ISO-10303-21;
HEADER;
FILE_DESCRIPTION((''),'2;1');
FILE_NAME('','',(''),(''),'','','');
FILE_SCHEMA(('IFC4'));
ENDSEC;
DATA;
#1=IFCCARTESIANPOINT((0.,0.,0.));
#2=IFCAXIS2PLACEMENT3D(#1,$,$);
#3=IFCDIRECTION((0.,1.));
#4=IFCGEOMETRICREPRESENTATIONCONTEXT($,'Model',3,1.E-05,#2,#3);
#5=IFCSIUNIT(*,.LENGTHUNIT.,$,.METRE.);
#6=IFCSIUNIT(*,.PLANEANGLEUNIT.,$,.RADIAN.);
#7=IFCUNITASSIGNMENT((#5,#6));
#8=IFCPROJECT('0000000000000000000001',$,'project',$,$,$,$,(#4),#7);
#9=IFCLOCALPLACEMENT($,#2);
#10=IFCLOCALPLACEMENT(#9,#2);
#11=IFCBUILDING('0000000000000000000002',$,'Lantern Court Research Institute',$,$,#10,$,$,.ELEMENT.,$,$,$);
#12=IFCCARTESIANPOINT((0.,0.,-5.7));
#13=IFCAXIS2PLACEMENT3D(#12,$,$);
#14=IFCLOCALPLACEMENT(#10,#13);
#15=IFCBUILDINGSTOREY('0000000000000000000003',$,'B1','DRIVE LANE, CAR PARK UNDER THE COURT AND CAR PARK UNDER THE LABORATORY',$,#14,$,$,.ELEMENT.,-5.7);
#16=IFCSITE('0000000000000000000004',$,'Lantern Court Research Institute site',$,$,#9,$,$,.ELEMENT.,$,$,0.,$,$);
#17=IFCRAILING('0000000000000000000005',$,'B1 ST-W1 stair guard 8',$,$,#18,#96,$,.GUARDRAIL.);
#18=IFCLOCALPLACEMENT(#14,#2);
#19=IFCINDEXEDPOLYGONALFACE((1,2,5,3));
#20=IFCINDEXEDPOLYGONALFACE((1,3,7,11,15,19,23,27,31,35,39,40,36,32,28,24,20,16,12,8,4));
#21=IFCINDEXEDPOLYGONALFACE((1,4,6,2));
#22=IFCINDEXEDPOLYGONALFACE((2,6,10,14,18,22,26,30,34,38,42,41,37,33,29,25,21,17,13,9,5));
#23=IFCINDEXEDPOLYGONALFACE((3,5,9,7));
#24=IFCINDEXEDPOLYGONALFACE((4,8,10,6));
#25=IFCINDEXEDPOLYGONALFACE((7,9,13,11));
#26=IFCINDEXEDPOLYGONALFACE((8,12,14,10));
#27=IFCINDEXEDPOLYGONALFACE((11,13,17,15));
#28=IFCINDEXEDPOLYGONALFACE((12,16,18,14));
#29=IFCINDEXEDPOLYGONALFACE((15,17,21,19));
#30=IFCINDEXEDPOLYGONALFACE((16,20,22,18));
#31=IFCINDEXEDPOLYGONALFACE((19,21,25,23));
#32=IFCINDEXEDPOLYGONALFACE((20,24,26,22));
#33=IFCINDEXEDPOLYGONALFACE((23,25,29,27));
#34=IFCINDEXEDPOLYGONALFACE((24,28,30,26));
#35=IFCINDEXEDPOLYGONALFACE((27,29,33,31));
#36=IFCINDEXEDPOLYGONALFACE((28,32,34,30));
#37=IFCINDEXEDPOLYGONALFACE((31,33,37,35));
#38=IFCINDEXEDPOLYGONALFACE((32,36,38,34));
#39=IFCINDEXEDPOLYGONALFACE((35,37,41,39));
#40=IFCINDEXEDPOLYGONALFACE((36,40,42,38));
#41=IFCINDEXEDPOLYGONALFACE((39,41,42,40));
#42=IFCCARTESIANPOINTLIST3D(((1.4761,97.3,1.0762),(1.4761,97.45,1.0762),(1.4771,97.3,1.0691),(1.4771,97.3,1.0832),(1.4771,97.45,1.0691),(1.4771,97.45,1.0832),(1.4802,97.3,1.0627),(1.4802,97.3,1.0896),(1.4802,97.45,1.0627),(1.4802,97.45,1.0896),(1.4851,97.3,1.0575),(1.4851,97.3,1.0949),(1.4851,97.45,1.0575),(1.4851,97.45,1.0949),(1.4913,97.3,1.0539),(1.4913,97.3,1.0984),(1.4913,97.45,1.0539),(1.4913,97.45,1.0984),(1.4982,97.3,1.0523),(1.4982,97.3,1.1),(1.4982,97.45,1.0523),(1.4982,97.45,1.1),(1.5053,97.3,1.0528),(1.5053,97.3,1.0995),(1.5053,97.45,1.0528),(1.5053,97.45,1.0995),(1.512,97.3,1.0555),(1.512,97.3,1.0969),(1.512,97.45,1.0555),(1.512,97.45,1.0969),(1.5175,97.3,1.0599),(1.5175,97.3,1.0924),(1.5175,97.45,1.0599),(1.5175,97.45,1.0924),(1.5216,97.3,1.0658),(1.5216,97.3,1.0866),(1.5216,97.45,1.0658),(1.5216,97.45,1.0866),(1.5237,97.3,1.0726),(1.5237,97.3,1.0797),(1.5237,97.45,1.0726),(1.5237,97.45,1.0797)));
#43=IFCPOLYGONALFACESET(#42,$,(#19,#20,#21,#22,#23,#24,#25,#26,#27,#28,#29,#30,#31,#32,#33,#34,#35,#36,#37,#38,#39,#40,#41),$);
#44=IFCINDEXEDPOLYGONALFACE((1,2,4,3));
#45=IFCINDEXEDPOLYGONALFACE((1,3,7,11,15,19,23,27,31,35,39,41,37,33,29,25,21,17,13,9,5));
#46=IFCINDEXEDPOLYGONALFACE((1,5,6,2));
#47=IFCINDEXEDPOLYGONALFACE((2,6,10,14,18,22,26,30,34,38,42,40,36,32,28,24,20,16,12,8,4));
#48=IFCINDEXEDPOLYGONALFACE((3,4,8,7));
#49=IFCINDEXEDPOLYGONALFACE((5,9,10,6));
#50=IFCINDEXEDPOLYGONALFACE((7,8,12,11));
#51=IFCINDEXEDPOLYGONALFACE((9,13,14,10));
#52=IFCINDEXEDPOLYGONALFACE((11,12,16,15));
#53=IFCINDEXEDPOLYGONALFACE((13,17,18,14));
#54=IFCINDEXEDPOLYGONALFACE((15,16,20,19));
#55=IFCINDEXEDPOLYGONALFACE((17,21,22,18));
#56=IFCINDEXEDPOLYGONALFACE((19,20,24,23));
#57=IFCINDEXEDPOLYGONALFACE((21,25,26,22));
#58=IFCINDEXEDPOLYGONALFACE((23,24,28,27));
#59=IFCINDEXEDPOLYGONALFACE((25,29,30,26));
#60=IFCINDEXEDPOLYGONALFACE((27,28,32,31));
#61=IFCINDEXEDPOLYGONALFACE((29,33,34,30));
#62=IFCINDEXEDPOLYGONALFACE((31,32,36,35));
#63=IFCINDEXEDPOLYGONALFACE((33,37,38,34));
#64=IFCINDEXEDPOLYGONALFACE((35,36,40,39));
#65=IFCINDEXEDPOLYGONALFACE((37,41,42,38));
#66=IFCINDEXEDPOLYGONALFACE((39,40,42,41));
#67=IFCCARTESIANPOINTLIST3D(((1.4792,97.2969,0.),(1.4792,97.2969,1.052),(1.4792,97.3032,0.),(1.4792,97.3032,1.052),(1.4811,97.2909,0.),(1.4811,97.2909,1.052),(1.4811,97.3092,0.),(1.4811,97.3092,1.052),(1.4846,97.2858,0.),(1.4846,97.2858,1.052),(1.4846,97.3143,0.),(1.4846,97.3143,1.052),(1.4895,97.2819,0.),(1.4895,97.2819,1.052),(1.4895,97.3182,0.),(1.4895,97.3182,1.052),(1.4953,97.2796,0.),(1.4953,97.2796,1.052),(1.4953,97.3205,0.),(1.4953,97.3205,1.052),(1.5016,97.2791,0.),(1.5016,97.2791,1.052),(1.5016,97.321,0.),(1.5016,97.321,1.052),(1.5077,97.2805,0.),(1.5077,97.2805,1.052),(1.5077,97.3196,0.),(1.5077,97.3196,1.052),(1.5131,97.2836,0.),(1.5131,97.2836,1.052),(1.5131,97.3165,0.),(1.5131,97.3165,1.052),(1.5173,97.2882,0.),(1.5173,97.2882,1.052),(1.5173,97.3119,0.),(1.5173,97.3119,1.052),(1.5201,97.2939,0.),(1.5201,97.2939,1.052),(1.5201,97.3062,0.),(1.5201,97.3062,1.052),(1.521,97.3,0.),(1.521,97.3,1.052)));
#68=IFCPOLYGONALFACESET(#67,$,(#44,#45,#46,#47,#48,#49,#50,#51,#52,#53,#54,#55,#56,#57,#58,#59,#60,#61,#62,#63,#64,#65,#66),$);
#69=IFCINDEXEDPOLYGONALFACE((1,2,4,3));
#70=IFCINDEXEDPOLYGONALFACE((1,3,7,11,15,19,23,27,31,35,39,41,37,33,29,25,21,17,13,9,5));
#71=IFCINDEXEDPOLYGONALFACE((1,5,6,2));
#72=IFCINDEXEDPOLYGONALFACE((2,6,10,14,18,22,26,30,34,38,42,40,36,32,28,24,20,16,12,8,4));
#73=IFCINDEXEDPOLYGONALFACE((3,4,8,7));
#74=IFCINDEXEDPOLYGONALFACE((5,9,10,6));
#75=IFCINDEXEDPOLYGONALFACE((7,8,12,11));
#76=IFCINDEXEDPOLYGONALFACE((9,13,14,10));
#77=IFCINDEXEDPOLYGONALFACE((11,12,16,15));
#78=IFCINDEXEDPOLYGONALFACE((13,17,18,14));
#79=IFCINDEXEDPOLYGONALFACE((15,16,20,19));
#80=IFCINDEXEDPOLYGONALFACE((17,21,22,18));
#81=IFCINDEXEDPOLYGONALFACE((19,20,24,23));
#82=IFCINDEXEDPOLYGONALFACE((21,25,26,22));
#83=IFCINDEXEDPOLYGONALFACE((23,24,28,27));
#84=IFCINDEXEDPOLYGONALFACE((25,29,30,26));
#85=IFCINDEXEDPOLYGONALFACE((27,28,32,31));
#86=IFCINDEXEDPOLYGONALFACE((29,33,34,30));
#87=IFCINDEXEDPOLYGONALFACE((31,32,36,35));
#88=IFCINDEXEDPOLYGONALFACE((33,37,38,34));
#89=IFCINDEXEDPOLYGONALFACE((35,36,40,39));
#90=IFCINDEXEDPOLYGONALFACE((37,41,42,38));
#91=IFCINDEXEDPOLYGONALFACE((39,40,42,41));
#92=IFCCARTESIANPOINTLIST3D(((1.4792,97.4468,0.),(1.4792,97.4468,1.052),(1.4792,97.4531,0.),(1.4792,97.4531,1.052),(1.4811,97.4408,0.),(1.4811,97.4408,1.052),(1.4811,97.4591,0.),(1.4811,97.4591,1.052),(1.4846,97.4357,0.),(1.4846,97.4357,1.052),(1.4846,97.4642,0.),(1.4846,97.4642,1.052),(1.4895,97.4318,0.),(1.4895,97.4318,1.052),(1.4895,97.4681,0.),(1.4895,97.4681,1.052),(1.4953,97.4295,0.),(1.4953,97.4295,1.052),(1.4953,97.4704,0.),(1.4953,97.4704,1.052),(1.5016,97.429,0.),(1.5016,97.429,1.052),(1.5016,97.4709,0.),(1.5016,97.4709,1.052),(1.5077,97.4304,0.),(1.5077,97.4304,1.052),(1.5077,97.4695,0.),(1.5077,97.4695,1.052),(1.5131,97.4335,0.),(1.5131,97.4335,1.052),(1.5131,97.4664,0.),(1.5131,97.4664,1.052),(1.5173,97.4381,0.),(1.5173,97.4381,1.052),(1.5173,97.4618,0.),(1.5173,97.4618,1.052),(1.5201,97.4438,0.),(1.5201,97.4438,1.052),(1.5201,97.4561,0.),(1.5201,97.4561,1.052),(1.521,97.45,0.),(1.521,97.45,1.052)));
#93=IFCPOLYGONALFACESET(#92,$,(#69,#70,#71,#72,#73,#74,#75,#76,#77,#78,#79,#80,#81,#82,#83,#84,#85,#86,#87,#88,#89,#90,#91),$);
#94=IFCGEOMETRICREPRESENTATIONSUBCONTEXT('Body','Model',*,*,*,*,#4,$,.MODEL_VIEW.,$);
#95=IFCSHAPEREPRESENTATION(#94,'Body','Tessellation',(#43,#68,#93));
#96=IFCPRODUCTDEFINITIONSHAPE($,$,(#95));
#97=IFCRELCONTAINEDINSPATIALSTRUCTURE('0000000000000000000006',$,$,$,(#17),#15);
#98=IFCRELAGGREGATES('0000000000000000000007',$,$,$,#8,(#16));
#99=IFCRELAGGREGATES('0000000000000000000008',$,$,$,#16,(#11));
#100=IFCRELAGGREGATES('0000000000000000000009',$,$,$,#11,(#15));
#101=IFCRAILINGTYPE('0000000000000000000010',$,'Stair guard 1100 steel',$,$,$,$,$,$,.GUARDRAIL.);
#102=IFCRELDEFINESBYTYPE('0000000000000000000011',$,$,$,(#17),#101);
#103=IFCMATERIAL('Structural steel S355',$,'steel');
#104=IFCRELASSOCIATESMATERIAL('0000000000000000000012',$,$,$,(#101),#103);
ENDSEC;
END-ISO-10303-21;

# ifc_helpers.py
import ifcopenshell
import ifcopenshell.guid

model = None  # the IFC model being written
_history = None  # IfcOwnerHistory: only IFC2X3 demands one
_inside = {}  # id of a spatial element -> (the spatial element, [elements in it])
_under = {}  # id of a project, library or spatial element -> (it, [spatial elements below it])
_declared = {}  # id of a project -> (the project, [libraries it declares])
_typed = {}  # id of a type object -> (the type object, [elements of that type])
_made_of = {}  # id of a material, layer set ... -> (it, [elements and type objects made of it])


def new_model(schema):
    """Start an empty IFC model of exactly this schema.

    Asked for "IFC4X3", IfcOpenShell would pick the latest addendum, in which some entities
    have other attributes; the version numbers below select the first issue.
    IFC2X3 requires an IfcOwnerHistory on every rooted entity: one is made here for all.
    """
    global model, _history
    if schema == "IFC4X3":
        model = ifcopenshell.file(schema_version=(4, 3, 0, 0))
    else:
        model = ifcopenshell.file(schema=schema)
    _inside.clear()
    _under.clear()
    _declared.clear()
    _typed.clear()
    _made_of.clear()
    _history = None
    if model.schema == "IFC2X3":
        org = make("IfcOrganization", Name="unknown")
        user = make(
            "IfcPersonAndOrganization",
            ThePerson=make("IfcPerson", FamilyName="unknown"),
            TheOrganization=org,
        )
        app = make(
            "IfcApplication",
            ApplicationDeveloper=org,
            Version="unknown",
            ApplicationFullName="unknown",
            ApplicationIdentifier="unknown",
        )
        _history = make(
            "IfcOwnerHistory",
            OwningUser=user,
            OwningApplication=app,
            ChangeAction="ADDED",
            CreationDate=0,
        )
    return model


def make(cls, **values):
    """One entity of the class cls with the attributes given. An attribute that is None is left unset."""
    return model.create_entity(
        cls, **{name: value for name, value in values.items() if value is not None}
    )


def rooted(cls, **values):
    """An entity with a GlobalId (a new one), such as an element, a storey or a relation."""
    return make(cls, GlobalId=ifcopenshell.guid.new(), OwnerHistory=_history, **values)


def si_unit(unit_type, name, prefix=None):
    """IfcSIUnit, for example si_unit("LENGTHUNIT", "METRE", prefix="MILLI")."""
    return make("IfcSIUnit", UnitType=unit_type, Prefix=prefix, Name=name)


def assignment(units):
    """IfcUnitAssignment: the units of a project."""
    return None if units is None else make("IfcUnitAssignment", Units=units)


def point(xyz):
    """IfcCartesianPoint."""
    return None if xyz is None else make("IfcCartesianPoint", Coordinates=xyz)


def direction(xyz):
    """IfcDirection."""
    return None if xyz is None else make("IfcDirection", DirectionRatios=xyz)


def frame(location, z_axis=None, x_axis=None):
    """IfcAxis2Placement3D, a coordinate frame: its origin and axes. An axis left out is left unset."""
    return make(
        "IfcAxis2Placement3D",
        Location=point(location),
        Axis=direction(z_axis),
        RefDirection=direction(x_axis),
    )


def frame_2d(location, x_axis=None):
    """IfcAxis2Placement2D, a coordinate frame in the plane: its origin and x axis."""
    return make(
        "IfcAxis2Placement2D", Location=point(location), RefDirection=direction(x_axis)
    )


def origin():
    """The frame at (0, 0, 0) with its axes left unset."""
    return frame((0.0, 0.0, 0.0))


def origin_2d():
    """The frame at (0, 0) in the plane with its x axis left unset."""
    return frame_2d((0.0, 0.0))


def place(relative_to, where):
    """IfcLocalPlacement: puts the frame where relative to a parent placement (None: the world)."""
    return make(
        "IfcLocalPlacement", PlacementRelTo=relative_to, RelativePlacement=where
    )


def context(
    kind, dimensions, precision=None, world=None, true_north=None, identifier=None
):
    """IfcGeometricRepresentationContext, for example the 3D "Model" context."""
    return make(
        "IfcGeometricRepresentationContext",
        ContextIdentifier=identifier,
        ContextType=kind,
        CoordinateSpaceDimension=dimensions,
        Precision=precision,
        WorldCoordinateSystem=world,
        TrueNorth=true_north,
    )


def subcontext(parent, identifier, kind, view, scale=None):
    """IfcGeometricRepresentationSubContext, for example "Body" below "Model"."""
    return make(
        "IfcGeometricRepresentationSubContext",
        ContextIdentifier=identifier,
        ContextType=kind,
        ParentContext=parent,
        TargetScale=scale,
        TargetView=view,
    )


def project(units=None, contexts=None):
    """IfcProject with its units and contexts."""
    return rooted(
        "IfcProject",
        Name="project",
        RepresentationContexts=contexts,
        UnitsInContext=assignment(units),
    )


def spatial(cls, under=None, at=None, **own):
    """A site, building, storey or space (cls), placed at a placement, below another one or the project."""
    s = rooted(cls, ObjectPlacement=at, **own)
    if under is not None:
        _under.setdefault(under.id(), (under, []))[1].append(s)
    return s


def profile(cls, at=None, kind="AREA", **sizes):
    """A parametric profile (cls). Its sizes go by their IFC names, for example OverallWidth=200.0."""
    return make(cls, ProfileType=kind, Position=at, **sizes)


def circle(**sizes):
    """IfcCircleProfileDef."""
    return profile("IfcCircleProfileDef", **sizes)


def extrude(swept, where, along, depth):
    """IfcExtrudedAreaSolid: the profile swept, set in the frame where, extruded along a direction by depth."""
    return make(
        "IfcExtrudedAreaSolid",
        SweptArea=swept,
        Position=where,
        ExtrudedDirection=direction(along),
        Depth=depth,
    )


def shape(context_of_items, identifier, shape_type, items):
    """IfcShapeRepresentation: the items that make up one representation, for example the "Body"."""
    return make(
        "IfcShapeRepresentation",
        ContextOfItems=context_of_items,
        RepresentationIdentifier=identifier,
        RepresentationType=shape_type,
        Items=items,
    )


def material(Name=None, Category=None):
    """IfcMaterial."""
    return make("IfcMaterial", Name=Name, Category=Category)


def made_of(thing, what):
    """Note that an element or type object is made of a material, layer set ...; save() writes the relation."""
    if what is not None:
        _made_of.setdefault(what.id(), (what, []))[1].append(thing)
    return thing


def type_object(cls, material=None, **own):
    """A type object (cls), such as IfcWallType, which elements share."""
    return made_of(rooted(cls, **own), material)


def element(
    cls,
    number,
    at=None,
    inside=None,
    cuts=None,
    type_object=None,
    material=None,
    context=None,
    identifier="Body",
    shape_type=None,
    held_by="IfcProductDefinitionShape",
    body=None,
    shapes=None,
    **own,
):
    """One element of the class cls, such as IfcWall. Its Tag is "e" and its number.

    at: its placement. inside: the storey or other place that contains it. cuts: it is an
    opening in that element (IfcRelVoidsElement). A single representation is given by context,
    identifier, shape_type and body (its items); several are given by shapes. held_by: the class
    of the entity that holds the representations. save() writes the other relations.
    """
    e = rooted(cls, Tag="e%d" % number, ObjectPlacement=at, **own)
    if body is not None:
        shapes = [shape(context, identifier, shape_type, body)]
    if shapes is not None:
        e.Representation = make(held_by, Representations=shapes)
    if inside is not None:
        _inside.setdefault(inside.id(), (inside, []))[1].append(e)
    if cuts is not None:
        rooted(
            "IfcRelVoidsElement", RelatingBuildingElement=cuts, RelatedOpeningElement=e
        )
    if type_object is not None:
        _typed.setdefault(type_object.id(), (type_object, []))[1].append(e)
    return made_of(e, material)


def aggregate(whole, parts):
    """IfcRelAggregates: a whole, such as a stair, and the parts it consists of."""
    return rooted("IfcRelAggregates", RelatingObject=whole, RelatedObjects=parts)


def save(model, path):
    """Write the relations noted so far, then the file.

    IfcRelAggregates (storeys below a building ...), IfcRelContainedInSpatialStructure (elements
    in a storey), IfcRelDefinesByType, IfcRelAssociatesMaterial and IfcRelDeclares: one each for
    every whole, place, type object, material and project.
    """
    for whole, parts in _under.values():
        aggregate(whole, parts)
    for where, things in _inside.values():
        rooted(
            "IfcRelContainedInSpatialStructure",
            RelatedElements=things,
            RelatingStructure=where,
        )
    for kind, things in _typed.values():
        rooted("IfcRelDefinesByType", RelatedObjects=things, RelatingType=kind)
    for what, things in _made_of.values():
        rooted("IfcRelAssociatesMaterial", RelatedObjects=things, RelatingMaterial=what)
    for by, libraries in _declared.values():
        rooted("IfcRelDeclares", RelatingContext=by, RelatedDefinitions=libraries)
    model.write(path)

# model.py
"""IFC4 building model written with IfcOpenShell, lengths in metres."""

from ifc_helpers import new_model, si_unit, direction, frame, origin, origin_2d, place, context, subcontext, project, spatial, circle, extrude, material, type_object, element, save


model = new_model("IFC4")

# Units and contexts
model_context = context("Model", 3, precision=1e-05, world=origin(), true_north=direction((0.0, 1.0)))
body_context = subcontext(model_context, "Body", "Model", "MODEL_VIEW")
ifc_project = project(units=[si_unit("LENGTHUNIT", "METRE"), si_unit("PLANEANGLEUNIT", "RADIAN")], contexts=[model_context])

# Site, building, storey
site_placement = place(None, origin())
site = spatial("IfcSite", under=ifc_project, at=site_placement, Name="Lantern Court Research Institute site", CompositionType="ELEMENT", RefElevation=0.0)
building_placement = place(site_placement, origin())
building = spatial("IfcBuilding", under=site, at=building_placement, Name="Lantern Court Research Institute", CompositionType="ELEMENT")
storey_placement = place(building_placement, frame((0.0, 0.0, -5.7)))
storey = spatial("IfcBuildingStorey", under=building, at=storey_placement, Name="B1", Description="DRIVE LANE, CAR PARK UNDER THE COURT AND CAR PARK UNDER THE LABORATORY", CompositionType="ELEMENT", Elevation=-5.7)

# Railing
ifc_material_1 = material(Name="Structural steel S355", Category="steel")
railing_type_1 = type_object("IfcRailingType", Name="Stair guard 1100 steel", PredefinedType="GUARDRAIL", material=ifc_material_1)
railing_1_placement = place(storey_placement, frame((1.5, 97.3, 0.0)))
element("IfcRailing", 1, at=railing_1_placement, inside=storey, type_object=railing_type_1, Name="B1 ST-W1 stair guard 8", PredefinedType="GUARDRAIL", context=body_context, shape_type="SweptSolid", body=[
    extrude(circle(Radius=0.0239, at=origin_2d()), frame((0.0, 0.0, 1.0762), z_axis=(0.0, 1.0, 0.0), x_axis=(-1.0, 0.0, 0.0)), (0.0, 0.0, 1.0), 0.1499),
    extrude(circle(Radius=0.021, at=origin_2d()), origin(), (0.0, 0.0, 1.0), 1.052),
    extrude(circle(Radius=0.021, at=origin_2d()), frame((0.0, 0.1499, 0.0)), (0.0, 0.0, 1.0), 1.052),
])

save(model, "model.ifc")
